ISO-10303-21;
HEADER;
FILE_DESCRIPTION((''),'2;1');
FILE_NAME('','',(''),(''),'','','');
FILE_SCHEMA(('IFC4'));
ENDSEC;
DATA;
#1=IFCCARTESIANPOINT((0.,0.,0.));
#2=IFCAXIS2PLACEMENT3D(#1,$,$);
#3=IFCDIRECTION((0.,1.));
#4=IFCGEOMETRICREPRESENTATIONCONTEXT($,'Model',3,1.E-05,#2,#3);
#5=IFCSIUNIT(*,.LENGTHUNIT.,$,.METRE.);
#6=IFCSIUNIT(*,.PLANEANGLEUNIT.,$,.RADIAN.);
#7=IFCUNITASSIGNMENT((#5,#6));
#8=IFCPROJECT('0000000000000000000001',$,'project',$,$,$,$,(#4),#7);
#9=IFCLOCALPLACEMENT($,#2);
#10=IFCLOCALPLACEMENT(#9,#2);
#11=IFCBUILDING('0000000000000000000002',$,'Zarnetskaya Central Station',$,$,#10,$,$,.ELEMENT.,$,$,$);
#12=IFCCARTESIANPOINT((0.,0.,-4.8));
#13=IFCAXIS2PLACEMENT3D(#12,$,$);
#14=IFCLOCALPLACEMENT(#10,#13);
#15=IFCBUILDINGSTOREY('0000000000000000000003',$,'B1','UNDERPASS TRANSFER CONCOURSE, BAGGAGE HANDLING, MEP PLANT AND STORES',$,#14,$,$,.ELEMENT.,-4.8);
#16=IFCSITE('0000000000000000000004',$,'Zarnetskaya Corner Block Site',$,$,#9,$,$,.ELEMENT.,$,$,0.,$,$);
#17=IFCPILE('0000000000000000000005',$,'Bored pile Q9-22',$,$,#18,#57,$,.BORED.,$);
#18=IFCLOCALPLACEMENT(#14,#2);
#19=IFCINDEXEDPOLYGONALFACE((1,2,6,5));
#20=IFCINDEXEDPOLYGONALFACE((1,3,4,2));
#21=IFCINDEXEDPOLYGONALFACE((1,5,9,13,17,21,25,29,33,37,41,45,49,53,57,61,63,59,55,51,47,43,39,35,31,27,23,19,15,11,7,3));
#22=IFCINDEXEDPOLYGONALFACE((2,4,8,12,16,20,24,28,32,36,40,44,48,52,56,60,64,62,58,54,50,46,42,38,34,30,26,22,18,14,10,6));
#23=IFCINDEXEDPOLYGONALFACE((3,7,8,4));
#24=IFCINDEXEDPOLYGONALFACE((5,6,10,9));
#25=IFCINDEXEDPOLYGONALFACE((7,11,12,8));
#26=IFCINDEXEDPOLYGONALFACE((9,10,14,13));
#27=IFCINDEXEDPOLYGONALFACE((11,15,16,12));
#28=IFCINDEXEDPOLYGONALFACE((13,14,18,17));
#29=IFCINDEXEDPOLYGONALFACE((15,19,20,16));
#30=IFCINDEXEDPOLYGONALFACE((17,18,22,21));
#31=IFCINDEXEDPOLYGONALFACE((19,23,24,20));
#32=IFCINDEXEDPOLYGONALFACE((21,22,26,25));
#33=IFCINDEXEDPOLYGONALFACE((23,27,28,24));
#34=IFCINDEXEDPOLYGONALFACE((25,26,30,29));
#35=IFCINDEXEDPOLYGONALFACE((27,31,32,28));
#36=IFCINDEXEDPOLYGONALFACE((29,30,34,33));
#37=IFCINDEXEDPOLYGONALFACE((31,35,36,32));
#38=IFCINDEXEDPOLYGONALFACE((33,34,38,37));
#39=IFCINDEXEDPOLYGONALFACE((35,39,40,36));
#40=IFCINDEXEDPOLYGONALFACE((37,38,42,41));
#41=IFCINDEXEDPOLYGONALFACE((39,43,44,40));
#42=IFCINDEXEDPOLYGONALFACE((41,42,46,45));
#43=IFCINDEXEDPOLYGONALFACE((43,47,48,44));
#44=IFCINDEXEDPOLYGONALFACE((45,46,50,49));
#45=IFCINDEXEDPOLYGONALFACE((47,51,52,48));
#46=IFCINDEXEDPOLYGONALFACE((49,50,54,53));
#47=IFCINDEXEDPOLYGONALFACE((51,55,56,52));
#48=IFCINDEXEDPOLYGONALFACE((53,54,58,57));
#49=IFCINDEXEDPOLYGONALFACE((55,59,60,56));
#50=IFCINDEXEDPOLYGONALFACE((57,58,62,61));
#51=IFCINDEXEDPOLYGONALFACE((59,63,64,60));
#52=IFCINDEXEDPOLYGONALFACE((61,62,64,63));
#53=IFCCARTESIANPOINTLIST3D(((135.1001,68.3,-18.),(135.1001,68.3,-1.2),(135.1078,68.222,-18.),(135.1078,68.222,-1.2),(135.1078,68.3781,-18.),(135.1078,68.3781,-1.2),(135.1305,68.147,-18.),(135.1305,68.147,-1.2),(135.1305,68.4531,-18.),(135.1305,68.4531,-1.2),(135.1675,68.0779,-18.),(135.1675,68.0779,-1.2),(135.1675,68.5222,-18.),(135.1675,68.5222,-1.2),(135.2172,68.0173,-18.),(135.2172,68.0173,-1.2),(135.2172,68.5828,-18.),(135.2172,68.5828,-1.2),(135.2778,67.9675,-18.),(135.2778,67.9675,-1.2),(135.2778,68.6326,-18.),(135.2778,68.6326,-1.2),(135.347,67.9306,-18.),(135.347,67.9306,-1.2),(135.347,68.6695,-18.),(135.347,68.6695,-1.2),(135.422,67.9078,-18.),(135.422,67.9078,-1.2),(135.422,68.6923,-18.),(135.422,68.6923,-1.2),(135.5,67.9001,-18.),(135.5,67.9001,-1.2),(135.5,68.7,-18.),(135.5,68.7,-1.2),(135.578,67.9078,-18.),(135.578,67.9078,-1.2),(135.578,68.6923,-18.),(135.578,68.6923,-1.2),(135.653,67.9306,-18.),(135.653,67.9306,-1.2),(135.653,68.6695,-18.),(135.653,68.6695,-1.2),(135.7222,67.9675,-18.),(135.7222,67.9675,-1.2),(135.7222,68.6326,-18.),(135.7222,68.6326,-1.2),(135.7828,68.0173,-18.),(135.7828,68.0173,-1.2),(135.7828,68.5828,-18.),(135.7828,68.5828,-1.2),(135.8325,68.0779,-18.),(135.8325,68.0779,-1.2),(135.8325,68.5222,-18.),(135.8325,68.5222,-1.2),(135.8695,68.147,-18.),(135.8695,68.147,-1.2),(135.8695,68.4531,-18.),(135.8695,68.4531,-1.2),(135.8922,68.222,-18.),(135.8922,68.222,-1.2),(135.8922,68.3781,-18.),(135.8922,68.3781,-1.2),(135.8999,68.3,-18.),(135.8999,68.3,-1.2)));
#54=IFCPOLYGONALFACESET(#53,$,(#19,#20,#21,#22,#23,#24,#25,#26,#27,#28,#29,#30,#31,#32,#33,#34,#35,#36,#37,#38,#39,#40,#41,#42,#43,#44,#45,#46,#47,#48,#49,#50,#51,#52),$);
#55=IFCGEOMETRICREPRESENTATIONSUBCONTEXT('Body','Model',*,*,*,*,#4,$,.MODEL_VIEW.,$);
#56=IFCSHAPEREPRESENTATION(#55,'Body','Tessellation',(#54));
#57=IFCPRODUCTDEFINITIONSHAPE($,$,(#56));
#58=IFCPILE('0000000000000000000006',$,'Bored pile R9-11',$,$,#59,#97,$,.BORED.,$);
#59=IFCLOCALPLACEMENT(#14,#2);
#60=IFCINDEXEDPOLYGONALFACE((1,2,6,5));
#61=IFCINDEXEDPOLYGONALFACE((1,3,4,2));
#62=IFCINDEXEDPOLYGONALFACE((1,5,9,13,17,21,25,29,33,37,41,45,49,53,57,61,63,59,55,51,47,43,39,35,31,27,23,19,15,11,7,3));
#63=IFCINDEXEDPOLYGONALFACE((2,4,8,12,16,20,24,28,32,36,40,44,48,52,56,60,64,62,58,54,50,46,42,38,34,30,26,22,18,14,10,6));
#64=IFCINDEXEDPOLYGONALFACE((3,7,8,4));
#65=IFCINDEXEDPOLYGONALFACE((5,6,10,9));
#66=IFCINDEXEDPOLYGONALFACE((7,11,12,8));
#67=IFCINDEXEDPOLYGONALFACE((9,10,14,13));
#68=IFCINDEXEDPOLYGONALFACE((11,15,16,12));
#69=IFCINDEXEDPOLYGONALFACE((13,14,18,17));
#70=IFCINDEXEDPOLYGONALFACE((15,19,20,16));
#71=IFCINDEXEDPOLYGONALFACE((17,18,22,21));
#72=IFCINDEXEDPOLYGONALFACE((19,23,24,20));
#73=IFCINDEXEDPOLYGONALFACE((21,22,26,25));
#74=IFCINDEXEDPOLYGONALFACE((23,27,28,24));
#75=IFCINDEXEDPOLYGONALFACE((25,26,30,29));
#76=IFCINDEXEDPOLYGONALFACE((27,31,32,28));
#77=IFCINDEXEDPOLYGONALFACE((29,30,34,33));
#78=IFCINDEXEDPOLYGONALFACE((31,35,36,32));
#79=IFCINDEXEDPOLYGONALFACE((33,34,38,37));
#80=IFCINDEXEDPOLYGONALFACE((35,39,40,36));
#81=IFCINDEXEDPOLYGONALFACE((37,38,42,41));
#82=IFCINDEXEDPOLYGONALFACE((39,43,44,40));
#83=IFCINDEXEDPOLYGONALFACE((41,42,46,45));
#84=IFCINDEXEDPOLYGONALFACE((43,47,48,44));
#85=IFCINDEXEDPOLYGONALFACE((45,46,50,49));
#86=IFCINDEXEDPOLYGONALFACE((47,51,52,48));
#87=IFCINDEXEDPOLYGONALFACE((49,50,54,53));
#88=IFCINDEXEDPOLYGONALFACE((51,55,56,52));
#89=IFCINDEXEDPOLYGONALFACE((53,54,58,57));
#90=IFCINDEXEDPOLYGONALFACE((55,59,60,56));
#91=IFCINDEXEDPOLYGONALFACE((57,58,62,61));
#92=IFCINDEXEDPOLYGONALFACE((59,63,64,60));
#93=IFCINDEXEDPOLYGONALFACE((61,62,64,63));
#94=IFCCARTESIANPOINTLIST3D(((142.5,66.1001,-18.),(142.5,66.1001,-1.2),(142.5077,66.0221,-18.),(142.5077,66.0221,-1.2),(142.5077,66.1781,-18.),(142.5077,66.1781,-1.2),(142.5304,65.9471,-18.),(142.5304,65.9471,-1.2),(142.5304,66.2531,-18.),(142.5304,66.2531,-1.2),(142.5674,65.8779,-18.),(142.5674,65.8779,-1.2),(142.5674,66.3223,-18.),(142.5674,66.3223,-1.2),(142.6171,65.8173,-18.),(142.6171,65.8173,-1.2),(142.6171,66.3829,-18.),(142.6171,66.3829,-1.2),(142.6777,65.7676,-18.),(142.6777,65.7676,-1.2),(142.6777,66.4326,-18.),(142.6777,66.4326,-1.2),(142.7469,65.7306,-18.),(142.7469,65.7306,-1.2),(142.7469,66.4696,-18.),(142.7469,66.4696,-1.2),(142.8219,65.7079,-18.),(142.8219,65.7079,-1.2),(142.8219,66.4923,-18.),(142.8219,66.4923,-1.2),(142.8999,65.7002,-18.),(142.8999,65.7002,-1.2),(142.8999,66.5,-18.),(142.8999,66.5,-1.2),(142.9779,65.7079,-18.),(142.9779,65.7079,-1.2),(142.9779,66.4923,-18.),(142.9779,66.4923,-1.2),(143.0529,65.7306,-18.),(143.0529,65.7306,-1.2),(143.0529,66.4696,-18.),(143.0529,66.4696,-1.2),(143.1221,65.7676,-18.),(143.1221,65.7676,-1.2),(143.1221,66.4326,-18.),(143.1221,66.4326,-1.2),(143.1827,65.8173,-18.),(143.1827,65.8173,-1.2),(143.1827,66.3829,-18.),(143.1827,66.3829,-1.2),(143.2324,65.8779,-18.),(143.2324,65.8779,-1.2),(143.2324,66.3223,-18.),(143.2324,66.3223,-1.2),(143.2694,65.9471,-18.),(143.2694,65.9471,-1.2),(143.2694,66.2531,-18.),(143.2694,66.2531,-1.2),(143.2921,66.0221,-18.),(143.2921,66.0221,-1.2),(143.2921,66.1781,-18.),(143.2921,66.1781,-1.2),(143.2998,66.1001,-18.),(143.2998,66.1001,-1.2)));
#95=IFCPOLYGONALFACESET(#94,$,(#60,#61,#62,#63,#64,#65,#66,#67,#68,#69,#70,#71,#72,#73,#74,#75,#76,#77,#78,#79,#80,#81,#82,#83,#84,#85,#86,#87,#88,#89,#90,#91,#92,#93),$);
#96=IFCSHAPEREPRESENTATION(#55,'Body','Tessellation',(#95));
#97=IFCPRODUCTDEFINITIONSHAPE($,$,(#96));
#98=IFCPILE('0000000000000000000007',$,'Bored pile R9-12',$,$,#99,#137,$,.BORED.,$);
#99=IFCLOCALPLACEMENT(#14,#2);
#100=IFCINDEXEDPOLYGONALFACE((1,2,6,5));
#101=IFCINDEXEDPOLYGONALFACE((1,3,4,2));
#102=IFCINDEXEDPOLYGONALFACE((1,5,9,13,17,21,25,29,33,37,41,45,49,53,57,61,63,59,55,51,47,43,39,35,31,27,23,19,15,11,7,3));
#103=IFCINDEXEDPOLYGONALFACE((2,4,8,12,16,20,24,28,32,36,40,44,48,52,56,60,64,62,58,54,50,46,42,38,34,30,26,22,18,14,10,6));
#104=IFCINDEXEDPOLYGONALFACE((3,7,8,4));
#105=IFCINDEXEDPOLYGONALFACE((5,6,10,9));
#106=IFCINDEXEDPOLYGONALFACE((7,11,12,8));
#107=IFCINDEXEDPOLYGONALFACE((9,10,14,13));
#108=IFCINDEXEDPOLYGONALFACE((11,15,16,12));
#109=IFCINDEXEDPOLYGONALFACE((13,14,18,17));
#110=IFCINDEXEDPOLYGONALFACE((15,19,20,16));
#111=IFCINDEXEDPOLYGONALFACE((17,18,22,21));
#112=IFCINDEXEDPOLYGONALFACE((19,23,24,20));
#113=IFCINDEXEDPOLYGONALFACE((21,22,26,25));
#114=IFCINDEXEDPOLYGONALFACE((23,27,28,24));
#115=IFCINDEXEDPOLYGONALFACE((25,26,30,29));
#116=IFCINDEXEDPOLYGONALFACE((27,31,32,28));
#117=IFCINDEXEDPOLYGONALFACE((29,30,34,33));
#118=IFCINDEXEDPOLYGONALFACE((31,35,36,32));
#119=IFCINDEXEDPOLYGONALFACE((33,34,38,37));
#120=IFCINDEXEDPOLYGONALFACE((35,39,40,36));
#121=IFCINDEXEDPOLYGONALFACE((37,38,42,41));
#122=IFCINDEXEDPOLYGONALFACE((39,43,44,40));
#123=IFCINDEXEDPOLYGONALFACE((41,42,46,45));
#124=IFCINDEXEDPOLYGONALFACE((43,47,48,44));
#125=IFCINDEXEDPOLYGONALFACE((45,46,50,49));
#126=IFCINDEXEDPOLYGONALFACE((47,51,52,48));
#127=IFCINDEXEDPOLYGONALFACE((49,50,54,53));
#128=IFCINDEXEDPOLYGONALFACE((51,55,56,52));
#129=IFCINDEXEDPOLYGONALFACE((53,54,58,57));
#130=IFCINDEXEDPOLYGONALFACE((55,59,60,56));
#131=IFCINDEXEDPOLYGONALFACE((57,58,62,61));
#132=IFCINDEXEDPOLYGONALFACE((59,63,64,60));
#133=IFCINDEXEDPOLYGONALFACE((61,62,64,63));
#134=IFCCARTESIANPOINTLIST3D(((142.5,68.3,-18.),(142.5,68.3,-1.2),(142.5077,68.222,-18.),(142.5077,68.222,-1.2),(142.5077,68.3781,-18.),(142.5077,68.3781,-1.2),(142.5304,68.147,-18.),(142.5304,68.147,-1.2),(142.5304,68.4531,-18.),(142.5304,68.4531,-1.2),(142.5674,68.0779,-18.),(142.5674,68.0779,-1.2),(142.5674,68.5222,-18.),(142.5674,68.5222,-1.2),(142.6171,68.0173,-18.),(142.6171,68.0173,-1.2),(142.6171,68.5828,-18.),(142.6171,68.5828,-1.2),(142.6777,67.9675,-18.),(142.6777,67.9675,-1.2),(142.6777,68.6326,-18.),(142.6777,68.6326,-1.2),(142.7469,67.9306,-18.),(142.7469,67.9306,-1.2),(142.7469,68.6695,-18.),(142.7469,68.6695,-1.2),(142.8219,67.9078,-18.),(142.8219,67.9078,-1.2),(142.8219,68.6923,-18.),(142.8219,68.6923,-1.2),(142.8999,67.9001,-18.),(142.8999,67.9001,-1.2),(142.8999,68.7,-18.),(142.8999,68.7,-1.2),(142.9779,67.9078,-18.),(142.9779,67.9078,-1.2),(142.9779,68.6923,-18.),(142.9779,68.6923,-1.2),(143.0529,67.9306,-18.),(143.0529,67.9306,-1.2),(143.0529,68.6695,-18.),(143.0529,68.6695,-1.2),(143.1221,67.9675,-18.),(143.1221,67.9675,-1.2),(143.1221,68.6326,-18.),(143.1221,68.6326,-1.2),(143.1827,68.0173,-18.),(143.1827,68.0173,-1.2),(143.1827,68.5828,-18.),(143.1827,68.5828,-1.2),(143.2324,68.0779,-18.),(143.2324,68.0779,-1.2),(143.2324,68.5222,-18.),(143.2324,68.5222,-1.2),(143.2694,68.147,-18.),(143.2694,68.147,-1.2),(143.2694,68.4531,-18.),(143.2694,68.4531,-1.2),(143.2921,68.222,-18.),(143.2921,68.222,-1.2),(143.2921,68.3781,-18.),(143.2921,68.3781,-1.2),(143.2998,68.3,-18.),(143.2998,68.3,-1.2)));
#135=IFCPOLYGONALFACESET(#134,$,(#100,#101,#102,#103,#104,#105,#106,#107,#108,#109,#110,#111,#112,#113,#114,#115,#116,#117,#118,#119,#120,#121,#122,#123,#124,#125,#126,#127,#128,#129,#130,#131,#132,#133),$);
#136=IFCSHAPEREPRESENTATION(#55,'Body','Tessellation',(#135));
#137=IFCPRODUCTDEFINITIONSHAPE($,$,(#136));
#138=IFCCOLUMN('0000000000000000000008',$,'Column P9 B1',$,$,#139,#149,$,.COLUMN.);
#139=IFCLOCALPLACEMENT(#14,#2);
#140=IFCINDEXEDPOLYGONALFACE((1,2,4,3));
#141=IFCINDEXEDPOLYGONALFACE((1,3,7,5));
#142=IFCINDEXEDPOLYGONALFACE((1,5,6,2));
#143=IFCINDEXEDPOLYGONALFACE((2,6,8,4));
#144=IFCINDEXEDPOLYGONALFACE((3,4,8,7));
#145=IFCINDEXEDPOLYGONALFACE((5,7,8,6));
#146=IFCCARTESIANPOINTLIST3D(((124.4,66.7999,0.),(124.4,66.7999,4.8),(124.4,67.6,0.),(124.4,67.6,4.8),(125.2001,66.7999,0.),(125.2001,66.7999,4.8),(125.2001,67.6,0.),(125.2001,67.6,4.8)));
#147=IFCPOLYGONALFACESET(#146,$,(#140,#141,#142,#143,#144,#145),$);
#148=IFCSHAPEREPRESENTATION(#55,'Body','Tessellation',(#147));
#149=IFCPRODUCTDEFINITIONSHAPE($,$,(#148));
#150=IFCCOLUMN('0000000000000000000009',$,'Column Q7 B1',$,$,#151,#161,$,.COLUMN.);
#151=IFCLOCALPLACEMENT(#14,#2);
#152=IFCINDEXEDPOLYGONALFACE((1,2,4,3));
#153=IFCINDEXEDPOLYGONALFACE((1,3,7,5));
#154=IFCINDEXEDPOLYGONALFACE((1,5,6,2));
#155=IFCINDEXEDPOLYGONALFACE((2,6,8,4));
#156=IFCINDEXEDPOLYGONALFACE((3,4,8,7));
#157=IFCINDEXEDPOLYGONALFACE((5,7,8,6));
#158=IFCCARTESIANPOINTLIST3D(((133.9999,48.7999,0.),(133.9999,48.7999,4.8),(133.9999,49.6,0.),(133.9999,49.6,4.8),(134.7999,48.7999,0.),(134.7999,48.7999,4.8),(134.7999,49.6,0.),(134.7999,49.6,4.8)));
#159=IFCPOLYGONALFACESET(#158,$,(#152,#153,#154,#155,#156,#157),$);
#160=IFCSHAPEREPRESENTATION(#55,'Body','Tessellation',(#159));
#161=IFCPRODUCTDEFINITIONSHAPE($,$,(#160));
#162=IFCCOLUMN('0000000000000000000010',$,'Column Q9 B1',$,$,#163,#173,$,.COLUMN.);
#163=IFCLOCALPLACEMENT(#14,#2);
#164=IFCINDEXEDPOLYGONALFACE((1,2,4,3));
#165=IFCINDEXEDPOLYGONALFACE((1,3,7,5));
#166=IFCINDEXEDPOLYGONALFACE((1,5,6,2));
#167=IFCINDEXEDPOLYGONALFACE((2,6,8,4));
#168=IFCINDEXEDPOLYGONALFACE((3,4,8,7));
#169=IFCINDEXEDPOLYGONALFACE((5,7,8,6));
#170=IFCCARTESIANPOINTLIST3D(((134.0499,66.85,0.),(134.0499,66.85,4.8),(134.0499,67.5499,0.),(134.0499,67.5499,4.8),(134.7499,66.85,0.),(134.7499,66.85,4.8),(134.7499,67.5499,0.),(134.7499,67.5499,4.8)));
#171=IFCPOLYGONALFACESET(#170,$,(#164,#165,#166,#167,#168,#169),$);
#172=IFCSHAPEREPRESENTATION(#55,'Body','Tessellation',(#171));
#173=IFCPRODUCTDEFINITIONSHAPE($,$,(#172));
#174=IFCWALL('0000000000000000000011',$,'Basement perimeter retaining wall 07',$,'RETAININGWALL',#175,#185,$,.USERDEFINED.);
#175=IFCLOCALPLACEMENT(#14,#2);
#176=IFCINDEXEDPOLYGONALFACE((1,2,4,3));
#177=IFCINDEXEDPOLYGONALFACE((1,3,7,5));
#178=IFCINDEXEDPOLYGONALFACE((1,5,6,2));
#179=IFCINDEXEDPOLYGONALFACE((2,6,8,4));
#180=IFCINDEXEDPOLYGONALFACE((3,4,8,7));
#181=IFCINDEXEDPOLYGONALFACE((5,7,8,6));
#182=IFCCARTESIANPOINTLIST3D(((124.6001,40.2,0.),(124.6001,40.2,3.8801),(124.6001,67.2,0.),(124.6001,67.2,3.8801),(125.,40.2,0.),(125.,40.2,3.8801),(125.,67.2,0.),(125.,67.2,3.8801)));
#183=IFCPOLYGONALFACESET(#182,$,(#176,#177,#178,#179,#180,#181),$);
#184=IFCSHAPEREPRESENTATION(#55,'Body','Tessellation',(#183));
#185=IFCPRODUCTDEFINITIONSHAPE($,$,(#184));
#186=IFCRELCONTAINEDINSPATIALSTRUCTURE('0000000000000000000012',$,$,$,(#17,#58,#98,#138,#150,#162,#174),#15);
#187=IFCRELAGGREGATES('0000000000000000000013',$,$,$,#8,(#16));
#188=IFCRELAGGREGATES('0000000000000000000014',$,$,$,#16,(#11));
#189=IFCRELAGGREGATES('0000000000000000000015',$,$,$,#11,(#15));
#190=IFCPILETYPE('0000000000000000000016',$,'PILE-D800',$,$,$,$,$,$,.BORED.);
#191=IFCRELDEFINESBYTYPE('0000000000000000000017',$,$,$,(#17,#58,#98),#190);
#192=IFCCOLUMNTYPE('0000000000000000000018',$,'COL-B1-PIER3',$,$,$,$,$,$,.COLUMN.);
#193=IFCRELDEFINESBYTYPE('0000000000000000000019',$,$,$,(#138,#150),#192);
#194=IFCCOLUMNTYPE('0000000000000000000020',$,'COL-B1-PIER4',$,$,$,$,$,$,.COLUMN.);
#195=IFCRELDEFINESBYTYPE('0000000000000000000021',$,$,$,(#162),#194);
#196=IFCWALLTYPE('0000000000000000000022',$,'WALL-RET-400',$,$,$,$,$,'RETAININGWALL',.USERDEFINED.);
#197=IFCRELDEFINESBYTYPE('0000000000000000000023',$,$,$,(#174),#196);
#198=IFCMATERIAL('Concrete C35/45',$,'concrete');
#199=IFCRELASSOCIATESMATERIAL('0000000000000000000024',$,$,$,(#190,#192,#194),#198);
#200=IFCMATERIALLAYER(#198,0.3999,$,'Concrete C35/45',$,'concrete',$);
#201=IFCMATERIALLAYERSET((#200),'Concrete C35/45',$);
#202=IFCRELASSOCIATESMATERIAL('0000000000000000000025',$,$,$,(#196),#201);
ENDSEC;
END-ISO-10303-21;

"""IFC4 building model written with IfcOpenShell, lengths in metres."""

from ifc_helpers import new_model, si_unit, direction, frame, frame_2d, origin, origin_2d, place, context, subcontext, project, spatial, rectangle, circle, extrude, material, layer, layer_set, material_profile, profile_set, type_object, element, save


model = new_model("IFC4")

# Units and contexts
model_context = context("Model", 3, precision=1e-05, world=origin(), true_north=direction((0.0, 1.0)))
body_context = subcontext(model_context, "Body", "Model", "MODEL_VIEW")
ifc_project = project(units=[si_unit("LENGTHUNIT", "METRE"), si_unit("PLANEANGLEUNIT", "RADIAN")], contexts=[model_context])

# Site, building, storey
site_placement = place(None, origin())
site = spatial("IfcSite", under=ifc_project, at=site_placement, Name="Zarnetskaya Corner Block Site", CompositionType="ELEMENT", RefElevation=0.0)
building_placement = place(site_placement, origin())
building = spatial("IfcBuilding", under=site, at=building_placement, Name="Zarnetskaya Central Station", CompositionType="ELEMENT")
storey_placement = place(building_placement, frame((0.0, 0.0, -4.8)))
storey = spatial("IfcBuildingStorey", under=building, at=storey_placement, Name="B1", Description="UNDERPASS TRANSFER CONCOURSE, BAGGAGE HANDLING, MEP PLANT AND STORES", CompositionType="ELEMENT", Elevation=-4.8)

# Shared definitions
ifc_material = material(Name="Concrete C35/45", Category="concrete")

# Piles
ifc_material_profile_1 = material_profile(ifc_material, circle(Radius=0.3999, at=origin_2d()), Name="BORED PILE D800")
ifc_profile_set_1 = profile_set([ifc_material_profile_1], Name="Concrete C35/45")
pile_type_1 = type_object("IfcPileType", Name="PILE-D800", PredefinedType="BORED", material=ifc_profile_set_1)
for number, where, z_axis, x_axis, name in (
    (1, (135.5, 68.3, -1.2), (0.0, 0.0, -1.0), (1.0, 0.0, 0.0), "Bored pile Q9-22"),
    (2, (142.8999, 66.1001, -1.2), (0.0, 0.0, -1.0), (1.0, 0.0, 0.0), "Bored pile R9-11"),
    (3, (142.8999, 68.3, -1.2), (0.0, 0.0, -1.0), (1.0, 0.0, 0.0), "Bored pile R9-12"),
):
    element("IfcPile", number, at=place(storey_placement, frame(where, z_axis=z_axis, x_axis=x_axis)), inside=storey, type_object=pile_type_1, Name=name, PredefinedType="BORED", context=body_context, shape_type="SweptSolid", body=[
        extrude(circle(Radius=0.3999, at=origin_2d()), origin(), (0.0, 0.0, 1.0), 16.8),
    ])

# Columns
ifc_material_profile_2 = material_profile(ifc_material, rectangle(XDim=0.8, YDim=0.8, at=origin_2d()), Name="RC 800x800")
ifc_profile_set_2 = profile_set([ifc_material_profile_2], Name="Concrete C35/45")
column_type_1 = type_object("IfcColumnType", Name="COL-B1-PIER3", PredefinedType="COLUMN", material=ifc_profile_set_2)
for number, where, z_axis, x_axis, name in (
    (4, (124.8, 67.2, 0.0), (0.0, 0.0, 1.0), (1.0, 0.0, 0.0), "Column P9 B1"),
    (5, (134.3999, 49.2, 0.0), (0.0, 0.0, 1.0), (1.0, 0.0, 0.0), "Column Q7 B1"),
):
    element("IfcColumn", number, at=place(storey_placement, frame(where, z_axis=z_axis, x_axis=x_axis)), inside=storey, type_object=column_type_1, Name=name, PredefinedType="COLUMN", context=body_context, shape_type="SweptSolid", body=[
        extrude(rectangle(XDim=0.8, YDim=0.8, at=origin_2d()), origin(), (0.0, 0.0, 1.0), 4.8),
    ])
ifc_material_profile_3 = material_profile(ifc_material, rectangle(XDim=0.7, YDim=0.7, at=origin_2d()), Name="RC 700x700")
ifc_profile_set_3 = profile_set([ifc_material_profile_3], Name="Concrete C35/45")
column_type_2 = type_object("IfcColumnType", Name="COL-B1-PIER4", PredefinedType="COLUMN", material=ifc_profile_set_3)
column_placement = place(storey_placement, frame((134.3999, 67.2, 0.0), z_axis=(0.0, 0.0, 1.0), x_axis=(1.0, 0.0, 0.0)))
element("IfcColumn", 6, at=column_placement, inside=storey, type_object=column_type_2, Name="Column Q9 B1", PredefinedType="COLUMN", context=body_context, shape_type="SweptSolid", body=[
    extrude(rectangle(XDim=0.7, YDim=0.7, at=origin_2d()), origin(), (0.0, 0.0, 1.0), 4.8),
])

# Wall
ifc_layer = layer(ifc_material, 0.3999, Name="Concrete C35/45", Category="concrete")
ifc_layer_set = layer_set([ifc_layer], Name="Concrete C35/45")
wall_type = type_object("IfcWallType", Name="WALL-RET-400", ElementType="RETAININGWALL", PredefinedType="USERDEFINED", material=ifc_layer_set)
wall_placement = place(storey_placement, frame((124.8, 67.2, 0.0), z_axis=(0.0, 0.0, 1.0), x_axis=(0.0, -1.0, 0.0)))
element("IfcWall", 7, at=wall_placement, inside=storey, type_object=wall_type, Name="Basement perimeter retaining wall 07", ObjectType="RETAININGWALL", PredefinedType="USERDEFINED", context=body_context, shape_type="SweptSolid", body=[
    extrude(rectangle(XDim=27.0, YDim=0.3999, at=frame_2d((13.5, 0.0))), origin(), (0.0, 0.0, 1.0), 3.8801),
])

save(model, "model.ifc")
